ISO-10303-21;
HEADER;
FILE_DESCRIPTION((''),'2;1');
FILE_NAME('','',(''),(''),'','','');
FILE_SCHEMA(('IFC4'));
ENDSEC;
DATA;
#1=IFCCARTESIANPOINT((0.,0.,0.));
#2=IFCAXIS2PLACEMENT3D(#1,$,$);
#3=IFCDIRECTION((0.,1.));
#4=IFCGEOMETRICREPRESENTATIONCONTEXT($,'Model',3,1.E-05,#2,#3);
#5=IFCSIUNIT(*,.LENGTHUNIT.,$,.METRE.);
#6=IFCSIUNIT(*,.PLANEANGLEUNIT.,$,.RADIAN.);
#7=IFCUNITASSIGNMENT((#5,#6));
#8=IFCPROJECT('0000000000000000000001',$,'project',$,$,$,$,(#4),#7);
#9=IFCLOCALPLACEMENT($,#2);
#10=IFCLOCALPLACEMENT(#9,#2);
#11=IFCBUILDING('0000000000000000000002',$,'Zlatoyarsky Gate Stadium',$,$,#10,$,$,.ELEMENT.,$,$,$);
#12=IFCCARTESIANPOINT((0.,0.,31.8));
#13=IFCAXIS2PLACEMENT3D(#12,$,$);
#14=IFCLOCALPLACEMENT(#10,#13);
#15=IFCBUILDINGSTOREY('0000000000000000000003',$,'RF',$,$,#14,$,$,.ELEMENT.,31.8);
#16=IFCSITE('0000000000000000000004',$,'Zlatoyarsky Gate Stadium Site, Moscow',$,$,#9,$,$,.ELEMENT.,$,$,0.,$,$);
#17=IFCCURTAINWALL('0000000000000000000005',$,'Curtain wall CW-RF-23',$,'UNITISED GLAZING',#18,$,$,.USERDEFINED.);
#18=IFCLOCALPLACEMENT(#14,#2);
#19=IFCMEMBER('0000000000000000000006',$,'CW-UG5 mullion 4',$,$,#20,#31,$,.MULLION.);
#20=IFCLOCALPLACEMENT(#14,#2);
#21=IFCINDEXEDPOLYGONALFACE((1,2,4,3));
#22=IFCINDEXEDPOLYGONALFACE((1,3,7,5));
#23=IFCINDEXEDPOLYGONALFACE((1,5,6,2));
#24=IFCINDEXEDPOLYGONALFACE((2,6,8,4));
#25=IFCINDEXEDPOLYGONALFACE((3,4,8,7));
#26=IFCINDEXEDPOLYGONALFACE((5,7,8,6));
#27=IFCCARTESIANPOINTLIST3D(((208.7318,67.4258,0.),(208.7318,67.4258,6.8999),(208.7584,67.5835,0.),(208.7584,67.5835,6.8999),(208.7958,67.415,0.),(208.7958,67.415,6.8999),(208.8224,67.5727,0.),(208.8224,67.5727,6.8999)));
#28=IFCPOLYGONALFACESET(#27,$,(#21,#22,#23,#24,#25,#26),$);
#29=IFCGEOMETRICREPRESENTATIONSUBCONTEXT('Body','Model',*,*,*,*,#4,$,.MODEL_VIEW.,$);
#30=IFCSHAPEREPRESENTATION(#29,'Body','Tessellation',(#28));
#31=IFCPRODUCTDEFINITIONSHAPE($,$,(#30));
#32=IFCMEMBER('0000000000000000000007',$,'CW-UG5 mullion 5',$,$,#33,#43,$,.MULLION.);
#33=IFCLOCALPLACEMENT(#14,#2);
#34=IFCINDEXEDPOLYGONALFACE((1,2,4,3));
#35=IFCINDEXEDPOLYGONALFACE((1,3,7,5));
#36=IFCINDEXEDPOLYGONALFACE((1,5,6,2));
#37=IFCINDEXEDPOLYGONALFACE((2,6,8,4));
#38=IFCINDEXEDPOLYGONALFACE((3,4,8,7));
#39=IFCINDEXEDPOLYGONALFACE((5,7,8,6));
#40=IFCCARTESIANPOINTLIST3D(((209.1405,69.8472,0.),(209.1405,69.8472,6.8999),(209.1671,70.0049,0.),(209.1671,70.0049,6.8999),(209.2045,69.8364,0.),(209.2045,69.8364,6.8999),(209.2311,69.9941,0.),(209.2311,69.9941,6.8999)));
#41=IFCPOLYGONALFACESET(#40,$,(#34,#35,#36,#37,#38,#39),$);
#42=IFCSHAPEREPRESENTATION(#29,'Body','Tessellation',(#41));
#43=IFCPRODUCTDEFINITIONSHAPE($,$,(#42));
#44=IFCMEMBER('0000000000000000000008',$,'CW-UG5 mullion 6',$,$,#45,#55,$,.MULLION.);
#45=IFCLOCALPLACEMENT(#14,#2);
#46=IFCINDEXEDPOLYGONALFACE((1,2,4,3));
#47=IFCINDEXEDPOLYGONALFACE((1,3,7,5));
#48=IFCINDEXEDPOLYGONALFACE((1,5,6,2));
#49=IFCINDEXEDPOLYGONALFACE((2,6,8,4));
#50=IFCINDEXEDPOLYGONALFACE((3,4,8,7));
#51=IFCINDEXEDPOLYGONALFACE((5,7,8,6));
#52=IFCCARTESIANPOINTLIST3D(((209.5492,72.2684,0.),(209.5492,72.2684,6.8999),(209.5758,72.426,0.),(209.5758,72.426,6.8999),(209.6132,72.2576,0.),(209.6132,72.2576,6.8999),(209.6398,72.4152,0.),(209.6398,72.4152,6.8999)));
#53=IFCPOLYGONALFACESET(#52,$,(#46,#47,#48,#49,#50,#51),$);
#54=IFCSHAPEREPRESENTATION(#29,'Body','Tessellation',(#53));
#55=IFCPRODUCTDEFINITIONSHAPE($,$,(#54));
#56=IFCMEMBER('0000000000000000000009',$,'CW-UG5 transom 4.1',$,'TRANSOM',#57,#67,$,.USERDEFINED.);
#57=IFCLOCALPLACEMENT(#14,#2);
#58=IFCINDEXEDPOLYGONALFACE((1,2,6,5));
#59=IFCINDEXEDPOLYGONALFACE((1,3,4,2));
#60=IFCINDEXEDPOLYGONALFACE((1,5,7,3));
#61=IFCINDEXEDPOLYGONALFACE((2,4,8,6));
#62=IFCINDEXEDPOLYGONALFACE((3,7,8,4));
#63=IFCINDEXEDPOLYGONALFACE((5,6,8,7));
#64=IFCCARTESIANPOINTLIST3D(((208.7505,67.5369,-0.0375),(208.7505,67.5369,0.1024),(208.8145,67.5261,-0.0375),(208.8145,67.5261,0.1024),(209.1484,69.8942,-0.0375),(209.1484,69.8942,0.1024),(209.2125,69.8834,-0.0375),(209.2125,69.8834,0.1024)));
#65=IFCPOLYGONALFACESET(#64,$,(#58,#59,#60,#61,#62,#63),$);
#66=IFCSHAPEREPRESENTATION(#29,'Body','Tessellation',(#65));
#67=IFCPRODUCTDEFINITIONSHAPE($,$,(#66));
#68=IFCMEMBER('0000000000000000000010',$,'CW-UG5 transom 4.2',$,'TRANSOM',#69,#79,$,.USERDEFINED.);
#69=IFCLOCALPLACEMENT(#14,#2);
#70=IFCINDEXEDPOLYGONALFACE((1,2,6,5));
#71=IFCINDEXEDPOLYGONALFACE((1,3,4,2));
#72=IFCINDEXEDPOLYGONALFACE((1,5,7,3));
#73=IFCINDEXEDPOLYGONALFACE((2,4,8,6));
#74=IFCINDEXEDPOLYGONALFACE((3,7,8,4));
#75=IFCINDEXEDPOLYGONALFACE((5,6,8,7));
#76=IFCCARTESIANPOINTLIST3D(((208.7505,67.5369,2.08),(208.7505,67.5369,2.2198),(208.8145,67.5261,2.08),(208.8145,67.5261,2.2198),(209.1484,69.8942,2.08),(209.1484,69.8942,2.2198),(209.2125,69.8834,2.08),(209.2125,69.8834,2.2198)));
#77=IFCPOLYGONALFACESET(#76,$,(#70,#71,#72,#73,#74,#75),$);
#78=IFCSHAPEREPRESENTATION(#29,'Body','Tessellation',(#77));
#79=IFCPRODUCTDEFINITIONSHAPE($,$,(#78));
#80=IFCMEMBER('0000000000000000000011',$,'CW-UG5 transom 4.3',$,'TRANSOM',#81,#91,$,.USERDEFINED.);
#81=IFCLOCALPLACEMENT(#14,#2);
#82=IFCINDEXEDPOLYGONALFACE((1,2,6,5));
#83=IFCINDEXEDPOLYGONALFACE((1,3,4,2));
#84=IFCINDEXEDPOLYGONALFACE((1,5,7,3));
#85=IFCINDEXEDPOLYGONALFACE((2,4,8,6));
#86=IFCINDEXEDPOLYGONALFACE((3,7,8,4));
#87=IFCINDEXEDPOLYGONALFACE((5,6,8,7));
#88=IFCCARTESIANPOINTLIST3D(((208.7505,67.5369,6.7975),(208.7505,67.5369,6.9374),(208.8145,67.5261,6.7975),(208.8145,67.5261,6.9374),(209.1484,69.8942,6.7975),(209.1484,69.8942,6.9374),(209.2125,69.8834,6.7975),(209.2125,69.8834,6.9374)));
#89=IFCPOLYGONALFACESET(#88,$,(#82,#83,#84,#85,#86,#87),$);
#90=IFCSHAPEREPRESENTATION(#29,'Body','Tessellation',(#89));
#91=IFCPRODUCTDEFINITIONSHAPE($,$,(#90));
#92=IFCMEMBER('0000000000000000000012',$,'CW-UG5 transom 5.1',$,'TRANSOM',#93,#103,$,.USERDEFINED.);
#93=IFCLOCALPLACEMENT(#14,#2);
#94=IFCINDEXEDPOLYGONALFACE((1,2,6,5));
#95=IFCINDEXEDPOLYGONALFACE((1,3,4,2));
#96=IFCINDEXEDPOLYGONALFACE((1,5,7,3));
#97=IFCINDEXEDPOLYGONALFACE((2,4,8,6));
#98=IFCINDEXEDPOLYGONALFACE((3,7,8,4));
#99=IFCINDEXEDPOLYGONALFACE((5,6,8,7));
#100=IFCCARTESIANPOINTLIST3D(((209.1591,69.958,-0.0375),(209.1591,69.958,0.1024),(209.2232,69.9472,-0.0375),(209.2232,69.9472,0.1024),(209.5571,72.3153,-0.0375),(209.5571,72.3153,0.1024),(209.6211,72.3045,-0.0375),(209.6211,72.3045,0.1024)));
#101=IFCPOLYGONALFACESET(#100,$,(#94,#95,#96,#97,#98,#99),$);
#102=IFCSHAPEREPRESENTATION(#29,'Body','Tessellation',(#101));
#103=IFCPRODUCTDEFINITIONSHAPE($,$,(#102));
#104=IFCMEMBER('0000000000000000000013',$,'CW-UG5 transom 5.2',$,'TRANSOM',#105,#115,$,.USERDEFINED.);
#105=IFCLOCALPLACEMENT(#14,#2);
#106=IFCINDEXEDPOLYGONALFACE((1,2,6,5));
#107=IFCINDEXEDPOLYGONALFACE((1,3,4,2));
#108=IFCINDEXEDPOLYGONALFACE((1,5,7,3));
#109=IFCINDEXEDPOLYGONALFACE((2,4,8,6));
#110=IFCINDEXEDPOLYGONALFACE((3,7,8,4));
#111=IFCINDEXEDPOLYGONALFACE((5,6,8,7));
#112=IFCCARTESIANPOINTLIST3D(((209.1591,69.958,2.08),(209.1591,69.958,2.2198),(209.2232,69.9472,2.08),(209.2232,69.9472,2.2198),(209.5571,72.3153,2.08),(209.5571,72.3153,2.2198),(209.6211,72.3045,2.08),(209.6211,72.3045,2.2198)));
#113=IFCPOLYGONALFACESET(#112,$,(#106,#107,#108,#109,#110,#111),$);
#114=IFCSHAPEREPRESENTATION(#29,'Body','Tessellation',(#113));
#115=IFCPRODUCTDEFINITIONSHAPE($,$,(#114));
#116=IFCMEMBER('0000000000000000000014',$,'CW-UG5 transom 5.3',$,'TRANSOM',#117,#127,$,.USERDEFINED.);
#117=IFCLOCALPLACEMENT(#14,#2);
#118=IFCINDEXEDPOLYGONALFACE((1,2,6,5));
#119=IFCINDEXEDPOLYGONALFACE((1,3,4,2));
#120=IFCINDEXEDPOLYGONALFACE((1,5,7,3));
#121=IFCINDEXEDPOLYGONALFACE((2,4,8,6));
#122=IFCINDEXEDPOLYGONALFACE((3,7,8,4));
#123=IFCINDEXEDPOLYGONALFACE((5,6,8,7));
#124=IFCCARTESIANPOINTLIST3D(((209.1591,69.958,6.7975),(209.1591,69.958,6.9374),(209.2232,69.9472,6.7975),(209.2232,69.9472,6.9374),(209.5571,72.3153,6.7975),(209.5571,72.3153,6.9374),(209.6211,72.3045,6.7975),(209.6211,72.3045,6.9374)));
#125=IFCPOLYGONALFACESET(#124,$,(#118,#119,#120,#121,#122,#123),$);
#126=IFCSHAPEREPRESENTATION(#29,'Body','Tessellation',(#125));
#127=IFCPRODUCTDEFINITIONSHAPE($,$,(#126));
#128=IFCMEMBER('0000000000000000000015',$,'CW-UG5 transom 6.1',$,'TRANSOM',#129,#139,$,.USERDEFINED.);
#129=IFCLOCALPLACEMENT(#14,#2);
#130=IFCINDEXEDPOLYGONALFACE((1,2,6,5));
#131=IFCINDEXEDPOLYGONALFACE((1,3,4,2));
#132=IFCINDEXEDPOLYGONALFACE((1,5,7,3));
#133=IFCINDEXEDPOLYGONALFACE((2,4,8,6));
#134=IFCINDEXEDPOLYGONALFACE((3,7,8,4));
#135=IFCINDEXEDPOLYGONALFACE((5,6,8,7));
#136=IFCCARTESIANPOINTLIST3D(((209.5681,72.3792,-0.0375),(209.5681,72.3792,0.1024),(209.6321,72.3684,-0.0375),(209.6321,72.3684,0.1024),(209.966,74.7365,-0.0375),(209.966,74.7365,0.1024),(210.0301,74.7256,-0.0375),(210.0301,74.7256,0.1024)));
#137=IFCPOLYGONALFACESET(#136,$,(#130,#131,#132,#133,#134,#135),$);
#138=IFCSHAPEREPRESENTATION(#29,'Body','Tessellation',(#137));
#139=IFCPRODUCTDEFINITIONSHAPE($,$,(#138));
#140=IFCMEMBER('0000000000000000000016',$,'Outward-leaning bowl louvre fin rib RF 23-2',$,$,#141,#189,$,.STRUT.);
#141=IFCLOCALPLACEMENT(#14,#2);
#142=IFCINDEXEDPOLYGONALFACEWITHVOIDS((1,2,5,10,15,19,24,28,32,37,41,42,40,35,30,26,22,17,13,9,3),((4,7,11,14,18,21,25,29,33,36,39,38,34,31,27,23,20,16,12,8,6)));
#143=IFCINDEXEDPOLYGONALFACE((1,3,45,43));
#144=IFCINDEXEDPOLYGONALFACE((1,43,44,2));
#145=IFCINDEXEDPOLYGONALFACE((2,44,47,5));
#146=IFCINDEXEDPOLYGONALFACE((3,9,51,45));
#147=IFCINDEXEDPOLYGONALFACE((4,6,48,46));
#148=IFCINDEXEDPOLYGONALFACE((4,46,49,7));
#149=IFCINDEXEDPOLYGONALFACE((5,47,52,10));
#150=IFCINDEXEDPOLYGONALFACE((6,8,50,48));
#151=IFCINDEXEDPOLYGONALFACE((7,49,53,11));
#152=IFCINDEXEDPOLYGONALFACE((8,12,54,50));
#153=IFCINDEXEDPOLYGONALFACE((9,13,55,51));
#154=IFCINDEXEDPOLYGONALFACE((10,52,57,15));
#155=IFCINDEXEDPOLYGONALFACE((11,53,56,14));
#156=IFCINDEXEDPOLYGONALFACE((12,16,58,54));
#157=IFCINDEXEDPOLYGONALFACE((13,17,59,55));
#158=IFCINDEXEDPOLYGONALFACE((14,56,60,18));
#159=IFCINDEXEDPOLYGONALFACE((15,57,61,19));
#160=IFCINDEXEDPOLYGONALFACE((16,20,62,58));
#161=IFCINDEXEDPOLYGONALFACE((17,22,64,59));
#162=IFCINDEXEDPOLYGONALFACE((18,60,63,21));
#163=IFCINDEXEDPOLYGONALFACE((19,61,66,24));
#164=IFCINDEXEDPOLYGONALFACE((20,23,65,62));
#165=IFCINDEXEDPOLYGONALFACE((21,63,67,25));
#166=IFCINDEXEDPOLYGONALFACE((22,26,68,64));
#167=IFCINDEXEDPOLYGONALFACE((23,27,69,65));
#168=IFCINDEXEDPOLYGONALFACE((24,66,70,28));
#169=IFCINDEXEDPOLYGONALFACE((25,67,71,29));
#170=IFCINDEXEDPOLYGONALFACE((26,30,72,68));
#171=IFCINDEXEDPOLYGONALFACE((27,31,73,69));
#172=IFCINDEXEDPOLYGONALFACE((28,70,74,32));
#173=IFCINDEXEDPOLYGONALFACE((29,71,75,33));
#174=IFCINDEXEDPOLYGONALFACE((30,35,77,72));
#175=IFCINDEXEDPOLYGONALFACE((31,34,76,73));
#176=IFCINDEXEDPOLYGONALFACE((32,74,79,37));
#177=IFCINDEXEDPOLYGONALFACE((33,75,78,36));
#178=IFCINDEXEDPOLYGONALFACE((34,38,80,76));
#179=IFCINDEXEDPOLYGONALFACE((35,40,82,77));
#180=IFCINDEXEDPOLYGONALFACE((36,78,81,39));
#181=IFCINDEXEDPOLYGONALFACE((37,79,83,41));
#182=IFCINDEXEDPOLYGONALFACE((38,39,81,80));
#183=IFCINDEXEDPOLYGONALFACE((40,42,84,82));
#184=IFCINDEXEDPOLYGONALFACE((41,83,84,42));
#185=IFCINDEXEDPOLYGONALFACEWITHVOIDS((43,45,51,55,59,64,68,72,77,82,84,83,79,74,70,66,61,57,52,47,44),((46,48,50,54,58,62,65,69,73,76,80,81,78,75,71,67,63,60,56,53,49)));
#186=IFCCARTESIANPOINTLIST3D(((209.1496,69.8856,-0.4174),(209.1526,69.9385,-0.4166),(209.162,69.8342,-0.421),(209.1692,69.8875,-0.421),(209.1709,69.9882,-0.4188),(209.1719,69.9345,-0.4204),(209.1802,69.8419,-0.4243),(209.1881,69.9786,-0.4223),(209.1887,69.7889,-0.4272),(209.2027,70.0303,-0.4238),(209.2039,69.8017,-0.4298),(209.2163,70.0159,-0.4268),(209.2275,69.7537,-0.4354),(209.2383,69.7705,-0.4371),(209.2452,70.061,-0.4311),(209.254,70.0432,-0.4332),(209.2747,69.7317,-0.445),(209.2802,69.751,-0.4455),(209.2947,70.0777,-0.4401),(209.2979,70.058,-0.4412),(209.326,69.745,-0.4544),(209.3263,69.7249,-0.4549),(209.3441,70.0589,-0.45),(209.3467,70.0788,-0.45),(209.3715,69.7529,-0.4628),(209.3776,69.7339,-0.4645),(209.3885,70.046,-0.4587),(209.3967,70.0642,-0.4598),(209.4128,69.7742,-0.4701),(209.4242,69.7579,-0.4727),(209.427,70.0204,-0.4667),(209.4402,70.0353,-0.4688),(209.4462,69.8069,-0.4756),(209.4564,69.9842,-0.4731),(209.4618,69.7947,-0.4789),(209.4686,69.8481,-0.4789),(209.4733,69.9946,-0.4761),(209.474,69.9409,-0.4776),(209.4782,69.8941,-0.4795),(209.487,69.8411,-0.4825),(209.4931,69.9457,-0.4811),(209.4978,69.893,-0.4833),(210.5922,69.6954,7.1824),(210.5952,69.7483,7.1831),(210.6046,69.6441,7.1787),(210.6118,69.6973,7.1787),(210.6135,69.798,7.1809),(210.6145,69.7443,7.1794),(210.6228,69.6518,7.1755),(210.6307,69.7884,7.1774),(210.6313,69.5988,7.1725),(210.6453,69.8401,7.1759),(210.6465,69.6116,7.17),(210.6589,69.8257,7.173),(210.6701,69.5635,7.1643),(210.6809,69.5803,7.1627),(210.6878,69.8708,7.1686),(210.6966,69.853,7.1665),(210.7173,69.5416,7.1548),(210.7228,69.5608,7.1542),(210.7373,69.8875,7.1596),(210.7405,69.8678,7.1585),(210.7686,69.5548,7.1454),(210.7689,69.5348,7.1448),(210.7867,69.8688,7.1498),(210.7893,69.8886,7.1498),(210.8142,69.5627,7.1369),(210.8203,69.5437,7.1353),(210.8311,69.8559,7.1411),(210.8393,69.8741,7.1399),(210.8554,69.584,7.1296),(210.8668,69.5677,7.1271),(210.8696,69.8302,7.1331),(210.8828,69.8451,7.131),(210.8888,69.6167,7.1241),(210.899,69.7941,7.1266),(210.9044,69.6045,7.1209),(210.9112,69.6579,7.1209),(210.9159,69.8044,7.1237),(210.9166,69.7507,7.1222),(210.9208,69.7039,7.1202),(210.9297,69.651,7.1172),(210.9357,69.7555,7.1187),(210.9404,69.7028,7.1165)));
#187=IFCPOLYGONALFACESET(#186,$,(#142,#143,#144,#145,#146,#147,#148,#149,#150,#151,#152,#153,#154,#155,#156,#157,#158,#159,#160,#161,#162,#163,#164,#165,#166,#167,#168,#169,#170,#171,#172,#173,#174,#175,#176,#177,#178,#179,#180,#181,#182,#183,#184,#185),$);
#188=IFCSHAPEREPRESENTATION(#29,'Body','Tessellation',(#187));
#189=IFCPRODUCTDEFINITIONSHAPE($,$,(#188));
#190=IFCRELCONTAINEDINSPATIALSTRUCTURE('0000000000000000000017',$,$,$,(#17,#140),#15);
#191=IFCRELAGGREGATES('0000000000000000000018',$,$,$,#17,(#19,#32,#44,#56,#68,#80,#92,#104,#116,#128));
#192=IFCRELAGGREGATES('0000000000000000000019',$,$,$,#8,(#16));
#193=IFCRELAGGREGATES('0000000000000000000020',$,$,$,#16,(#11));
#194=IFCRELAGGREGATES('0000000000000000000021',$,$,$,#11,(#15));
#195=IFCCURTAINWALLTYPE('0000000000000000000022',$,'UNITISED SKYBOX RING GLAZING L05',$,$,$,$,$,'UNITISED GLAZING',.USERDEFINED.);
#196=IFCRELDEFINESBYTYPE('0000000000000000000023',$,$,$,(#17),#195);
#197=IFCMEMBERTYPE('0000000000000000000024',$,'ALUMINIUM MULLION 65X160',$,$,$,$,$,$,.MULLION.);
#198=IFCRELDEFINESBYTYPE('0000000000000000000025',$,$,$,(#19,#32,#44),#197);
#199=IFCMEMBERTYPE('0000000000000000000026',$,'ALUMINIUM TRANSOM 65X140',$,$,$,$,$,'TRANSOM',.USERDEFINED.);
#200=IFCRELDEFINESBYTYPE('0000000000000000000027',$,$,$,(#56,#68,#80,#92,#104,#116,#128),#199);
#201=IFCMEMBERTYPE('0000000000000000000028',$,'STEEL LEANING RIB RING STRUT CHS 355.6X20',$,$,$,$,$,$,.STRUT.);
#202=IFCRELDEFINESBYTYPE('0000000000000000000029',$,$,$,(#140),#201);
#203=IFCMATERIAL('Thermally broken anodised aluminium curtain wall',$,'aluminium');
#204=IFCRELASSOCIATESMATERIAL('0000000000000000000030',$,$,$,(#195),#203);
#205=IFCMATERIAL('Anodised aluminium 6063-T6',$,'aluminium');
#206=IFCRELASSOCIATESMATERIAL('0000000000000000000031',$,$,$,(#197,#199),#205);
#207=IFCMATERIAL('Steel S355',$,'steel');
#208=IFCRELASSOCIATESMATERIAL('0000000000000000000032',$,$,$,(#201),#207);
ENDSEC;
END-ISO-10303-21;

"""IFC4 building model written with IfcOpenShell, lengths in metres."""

from ifc_helpers import new_model, si_unit, direction, frame, origin, origin_2d, place, context, subcontext, project, spatial, rectangle, hollow_circle, extrude, material, material_profile, profile_set, type_object, element, aggregate, save


model = new_model("IFC4")

# Units and contexts
model_context = context("Model", 3, precision=1e-05, world=origin(), true_north=direction((0.0, 1.0)))
body_context = subcontext(model_context, "Body", "Model", "MODEL_VIEW")
ifc_project = project(units=[si_unit("LENGTHUNIT", "METRE"), si_unit("PLANEANGLEUNIT", "RADIAN")], contexts=[model_context])

# Site, building, storey
site_placement = place(None, origin())
site = spatial("IfcSite", under=ifc_project, at=site_placement, Name="Zlatoyarsky Gate Stadium Site, Moscow", CompositionType="ELEMENT", RefElevation=0.0)
building_placement = place(site_placement, origin())
building = spatial("IfcBuilding", under=site, at=building_placement, Name="Zlatoyarsky Gate Stadium", CompositionType="ELEMENT")
storey_placement = place(building_placement, frame((0.0, 0.0, 31.8)))
storey = spatial("IfcBuildingStorey", under=building, at=storey_placement, Name="RF", CompositionType="ELEMENT", Elevation=31.8)

# Curtain wall, members
ifc_material_1 = material(Name="Thermally broken anodised aluminium curtain wall", Category="aluminium")
curtain_wall_type = type_object("IfcCurtainWallType", Name="UNITISED SKYBOX RING GLAZING L05", ElementType="UNITISED GLAZING", PredefinedType="USERDEFINED", material=ifc_material_1)
curtain_wall_placement = place(storey_placement, origin())
curtain_wall = element("IfcCurtainWall", 1, at=curtain_wall_placement, inside=storey, type_object=curtain_wall_type, Name="Curtain wall CW-RF-23", ObjectType="UNITISED GLAZING", PredefinedType="USERDEFINED")
ifc_material_2 = material(Name="Anodised aluminium 6063-T6", Category="aluminium")
ifc_material_profile_1 = material_profile(ifc_material_2, rectangle(XDim=0.0649, YDim=0.1599, at=origin_2d()), Name="ALU 65X160")
ifc_profile_set_1 = profile_set([ifc_material_profile_1], Name="Anodised aluminium 6063-T6")
member_type_1 = type_object("IfcMemberType", Name="ALUMINIUM MULLION 65X160", PredefinedType="MULLION", material=ifc_profile_set_1)
member_1_placement = place(storey_placement, frame((208.7771, 67.4993, 0.0), z_axis=(0.0, 0.0, 1.0), x_axis=(-0.986044, 0.166482, 0.0)))
member_1 = element("IfcMember", 2, at=member_1_placement, type_object=member_type_1, Name="CW-UG5 mullion 4", PredefinedType="MULLION", context=body_context, shape_type="SweptSolid", body=[
    extrude(rectangle(XDim=0.0649, YDim=0.1599, at=origin_2d()), origin(), (0.0, 0.0, 1.0), 6.8999),
])
member_2_placement = place(storey_placement, frame((209.1858, 69.9207, 0.0), z_axis=(0.0, 0.0, 1.0), x_axis=(-0.986044, 0.166482, 0.0)))
member_2 = element("IfcMember", 3, at=member_2_placement, type_object=member_type_1, Name="CW-UG5 mullion 5", PredefinedType="MULLION", context=body_context, shape_type="SweptSolid", body=[
    extrude(rectangle(XDim=0.0649, YDim=0.1599, at=origin_2d()), origin(), (0.0, 0.0, 1.0), 6.8999),
])
member_3_placement = place(storey_placement, frame((209.5945, 72.3418, 0.0), z_axis=(0.0, 0.0, 1.0), x_axis=(-0.986044, 0.166482, 0.0)))
member_3 = element("IfcMember", 4, at=member_3_placement, type_object=member_type_1, Name="CW-UG5 mullion 6", PredefinedType="MULLION", context=body_context, shape_type="SweptSolid", body=[
    extrude(rectangle(XDim=0.0649, YDim=0.1599, at=origin_2d()), origin(), (0.0, 0.0, 1.0), 6.8999),
])
ifc_material_profile_2 = material_profile(ifc_material_2, rectangle(XDim=0.0649, YDim=0.1399, at=origin_2d()), Name="ALU 65X140")
ifc_profile_set_2 = profile_set([ifc_material_profile_2], Name="Anodised aluminium 6063-T6")
member_type_2 = type_object("IfcMemberType", Name="ALUMINIUM TRANSOM 65X140", ElementType="TRANSOM", PredefinedType="USERDEFINED", material=ifc_profile_set_2)
member_4_placement = place(storey_placement, frame((208.7825, 67.5315, 0.0325), z_axis=(0.166469, 0.986047, 0.0), x_axis=(-0.986047, 0.166469, 0.0)))
member_4 = element("IfcMember", 5, at=member_4_placement, type_object=member_type_2, Name="CW-UG5 transom 4.1", ObjectType="TRANSOM", PredefinedType="USERDEFINED", context=body_context, shape_type="SweptSolid", body=[
    extrude(rectangle(XDim=0.0649, YDim=0.1399, at=origin_2d()), origin(), (0.0, 0.0, 1.0), 2.3906),
])
member_5_placement = place(storey_placement, frame((208.7825, 67.5315, 2.1499), z_axis=(0.166469, 0.986047, 0.0), x_axis=(-0.986047, 0.166469, 0.0)))
member_5 = element("IfcMember", 6, at=member_5_placement, type_object=member_type_2, Name="CW-UG5 transom 4.2", ObjectType="TRANSOM", PredefinedType="USERDEFINED", context=body_context, shape_type="SweptSolid", body=[
    extrude(rectangle(XDim=0.0649, YDim=0.1399, at=origin_2d()), origin(), (0.0, 0.0, 1.0), 2.3906),
])
member_6_placement = place(storey_placement, frame((208.7825, 67.5315, 6.8674), z_axis=(0.166469, 0.986047, 0.0), x_axis=(-0.986047, 0.166469, 0.0)))
member_6 = element("IfcMember", 7, at=member_6_placement, type_object=member_type_2, Name="CW-UG5 transom 4.3", ObjectType="TRANSOM", PredefinedType="USERDEFINED", context=body_context, shape_type="SweptSolid", body=[
    extrude(rectangle(XDim=0.0649, YDim=0.1399, at=origin_2d()), origin(), (0.0, 0.0, 1.0), 2.3906),
])
member_7_placement = place(storey_placement, frame((209.1912, 69.9526, 0.0325), z_axis=(0.166469, 0.986047, 0.0), x_axis=(-0.986047, 0.166469, 0.0)))
member_7 = element("IfcMember", 8, at=member_7_placement, type_object=member_type_2, Name="CW-UG5 transom 5.1", ObjectType="TRANSOM", PredefinedType="USERDEFINED", context=body_context, shape_type="SweptSolid", body=[
    extrude(rectangle(XDim=0.0649, YDim=0.1399, at=origin_2d()), origin(), (0.0, 0.0, 1.0), 2.3906),
])
member_8_placement = place(storey_placement, frame((209.1912, 69.9526, 2.1499), z_axis=(0.166469, 0.986047, 0.0), x_axis=(-0.986047, 0.166469, 0.0)))
member_8 = element("IfcMember", 9, at=member_8_placement, type_object=member_type_2, Name="CW-UG5 transom 5.2", ObjectType="TRANSOM", PredefinedType="USERDEFINED", context=body_context, shape_type="SweptSolid", body=[
    extrude(rectangle(XDim=0.0649, YDim=0.1399, at=origin_2d()), origin(), (0.0, 0.0, 1.0), 2.3906),
])
member_9_placement = place(storey_placement, frame((209.1912, 69.9526, 6.8674), z_axis=(0.166469, 0.986047, 0.0), x_axis=(-0.986047, 0.166469, 0.0)))
member_9 = element("IfcMember", 10, at=member_9_placement, type_object=member_type_2, Name="CW-UG5 transom 5.3", ObjectType="TRANSOM", PredefinedType="USERDEFINED", context=body_context, shape_type="SweptSolid", body=[
    extrude(rectangle(XDim=0.0649, YDim=0.1399, at=origin_2d()), origin(), (0.0, 0.0, 1.0), 2.3906),
])
member_10_placement = place(storey_placement, frame((209.6001, 72.3738, 0.0325), z_axis=(0.166469, 0.986047, 0.0), x_axis=(-0.986047, 0.166469, 0.0)))
member_10 = element("IfcMember", 11, at=member_10_placement, type_object=member_type_2, Name="CW-UG5 transom 6.1", ObjectType="TRANSOM", PredefinedType="USERDEFINED", context=body_context, shape_type="SweptSolid", body=[
    extrude(rectangle(XDim=0.0649, YDim=0.1399, at=origin_2d()), origin(), (0.0, 0.0, 1.0), 2.3906),
])

# Member
ifc_material_3 = material(Name="Steel S355", Category="steel")
ifc_material_profile_3 = material_profile(ifc_material_3, hollow_circle(Radius=0.1777, WallThickness=0.02, at=origin_2d()), Name="CHS 355.6X20")
ifc_profile_set_3 = profile_set([ifc_material_profile_3], Name="Steel S355")
member_type_3 = type_object("IfcMemberType", Name="STEEL LEANING RIB RING STRUT CHS 355.6X20", PredefinedType="STRUT", material=ifc_profile_set_3)
member_11_placement = place(storey_placement, frame((209.3235, 69.9026, -0.45), z_axis=(0.186436, -0.024578, 0.98216), x_axis=(0.130702, 0.991422, 0.0)))
element("IfcMember", 12, at=member_11_placement, inside=storey, type_object=member_type_3, Name="Outward-leaning bowl louvre fin rib RF 23-2", PredefinedType="STRUT", context=body_context, shape_type="SweptSolid", body=[
    extrude(hollow_circle(Radius=0.1777, WallThickness=0.02, at=origin_2d()), origin(), (0.0, 0.0, 1.0), 7.7378),
])

aggregate(curtain_wall, [member_1, member_2, member_3, member_4, member_5, member_6, member_7, member_8, member_9, member_10])

save(model, "model.ifc")
